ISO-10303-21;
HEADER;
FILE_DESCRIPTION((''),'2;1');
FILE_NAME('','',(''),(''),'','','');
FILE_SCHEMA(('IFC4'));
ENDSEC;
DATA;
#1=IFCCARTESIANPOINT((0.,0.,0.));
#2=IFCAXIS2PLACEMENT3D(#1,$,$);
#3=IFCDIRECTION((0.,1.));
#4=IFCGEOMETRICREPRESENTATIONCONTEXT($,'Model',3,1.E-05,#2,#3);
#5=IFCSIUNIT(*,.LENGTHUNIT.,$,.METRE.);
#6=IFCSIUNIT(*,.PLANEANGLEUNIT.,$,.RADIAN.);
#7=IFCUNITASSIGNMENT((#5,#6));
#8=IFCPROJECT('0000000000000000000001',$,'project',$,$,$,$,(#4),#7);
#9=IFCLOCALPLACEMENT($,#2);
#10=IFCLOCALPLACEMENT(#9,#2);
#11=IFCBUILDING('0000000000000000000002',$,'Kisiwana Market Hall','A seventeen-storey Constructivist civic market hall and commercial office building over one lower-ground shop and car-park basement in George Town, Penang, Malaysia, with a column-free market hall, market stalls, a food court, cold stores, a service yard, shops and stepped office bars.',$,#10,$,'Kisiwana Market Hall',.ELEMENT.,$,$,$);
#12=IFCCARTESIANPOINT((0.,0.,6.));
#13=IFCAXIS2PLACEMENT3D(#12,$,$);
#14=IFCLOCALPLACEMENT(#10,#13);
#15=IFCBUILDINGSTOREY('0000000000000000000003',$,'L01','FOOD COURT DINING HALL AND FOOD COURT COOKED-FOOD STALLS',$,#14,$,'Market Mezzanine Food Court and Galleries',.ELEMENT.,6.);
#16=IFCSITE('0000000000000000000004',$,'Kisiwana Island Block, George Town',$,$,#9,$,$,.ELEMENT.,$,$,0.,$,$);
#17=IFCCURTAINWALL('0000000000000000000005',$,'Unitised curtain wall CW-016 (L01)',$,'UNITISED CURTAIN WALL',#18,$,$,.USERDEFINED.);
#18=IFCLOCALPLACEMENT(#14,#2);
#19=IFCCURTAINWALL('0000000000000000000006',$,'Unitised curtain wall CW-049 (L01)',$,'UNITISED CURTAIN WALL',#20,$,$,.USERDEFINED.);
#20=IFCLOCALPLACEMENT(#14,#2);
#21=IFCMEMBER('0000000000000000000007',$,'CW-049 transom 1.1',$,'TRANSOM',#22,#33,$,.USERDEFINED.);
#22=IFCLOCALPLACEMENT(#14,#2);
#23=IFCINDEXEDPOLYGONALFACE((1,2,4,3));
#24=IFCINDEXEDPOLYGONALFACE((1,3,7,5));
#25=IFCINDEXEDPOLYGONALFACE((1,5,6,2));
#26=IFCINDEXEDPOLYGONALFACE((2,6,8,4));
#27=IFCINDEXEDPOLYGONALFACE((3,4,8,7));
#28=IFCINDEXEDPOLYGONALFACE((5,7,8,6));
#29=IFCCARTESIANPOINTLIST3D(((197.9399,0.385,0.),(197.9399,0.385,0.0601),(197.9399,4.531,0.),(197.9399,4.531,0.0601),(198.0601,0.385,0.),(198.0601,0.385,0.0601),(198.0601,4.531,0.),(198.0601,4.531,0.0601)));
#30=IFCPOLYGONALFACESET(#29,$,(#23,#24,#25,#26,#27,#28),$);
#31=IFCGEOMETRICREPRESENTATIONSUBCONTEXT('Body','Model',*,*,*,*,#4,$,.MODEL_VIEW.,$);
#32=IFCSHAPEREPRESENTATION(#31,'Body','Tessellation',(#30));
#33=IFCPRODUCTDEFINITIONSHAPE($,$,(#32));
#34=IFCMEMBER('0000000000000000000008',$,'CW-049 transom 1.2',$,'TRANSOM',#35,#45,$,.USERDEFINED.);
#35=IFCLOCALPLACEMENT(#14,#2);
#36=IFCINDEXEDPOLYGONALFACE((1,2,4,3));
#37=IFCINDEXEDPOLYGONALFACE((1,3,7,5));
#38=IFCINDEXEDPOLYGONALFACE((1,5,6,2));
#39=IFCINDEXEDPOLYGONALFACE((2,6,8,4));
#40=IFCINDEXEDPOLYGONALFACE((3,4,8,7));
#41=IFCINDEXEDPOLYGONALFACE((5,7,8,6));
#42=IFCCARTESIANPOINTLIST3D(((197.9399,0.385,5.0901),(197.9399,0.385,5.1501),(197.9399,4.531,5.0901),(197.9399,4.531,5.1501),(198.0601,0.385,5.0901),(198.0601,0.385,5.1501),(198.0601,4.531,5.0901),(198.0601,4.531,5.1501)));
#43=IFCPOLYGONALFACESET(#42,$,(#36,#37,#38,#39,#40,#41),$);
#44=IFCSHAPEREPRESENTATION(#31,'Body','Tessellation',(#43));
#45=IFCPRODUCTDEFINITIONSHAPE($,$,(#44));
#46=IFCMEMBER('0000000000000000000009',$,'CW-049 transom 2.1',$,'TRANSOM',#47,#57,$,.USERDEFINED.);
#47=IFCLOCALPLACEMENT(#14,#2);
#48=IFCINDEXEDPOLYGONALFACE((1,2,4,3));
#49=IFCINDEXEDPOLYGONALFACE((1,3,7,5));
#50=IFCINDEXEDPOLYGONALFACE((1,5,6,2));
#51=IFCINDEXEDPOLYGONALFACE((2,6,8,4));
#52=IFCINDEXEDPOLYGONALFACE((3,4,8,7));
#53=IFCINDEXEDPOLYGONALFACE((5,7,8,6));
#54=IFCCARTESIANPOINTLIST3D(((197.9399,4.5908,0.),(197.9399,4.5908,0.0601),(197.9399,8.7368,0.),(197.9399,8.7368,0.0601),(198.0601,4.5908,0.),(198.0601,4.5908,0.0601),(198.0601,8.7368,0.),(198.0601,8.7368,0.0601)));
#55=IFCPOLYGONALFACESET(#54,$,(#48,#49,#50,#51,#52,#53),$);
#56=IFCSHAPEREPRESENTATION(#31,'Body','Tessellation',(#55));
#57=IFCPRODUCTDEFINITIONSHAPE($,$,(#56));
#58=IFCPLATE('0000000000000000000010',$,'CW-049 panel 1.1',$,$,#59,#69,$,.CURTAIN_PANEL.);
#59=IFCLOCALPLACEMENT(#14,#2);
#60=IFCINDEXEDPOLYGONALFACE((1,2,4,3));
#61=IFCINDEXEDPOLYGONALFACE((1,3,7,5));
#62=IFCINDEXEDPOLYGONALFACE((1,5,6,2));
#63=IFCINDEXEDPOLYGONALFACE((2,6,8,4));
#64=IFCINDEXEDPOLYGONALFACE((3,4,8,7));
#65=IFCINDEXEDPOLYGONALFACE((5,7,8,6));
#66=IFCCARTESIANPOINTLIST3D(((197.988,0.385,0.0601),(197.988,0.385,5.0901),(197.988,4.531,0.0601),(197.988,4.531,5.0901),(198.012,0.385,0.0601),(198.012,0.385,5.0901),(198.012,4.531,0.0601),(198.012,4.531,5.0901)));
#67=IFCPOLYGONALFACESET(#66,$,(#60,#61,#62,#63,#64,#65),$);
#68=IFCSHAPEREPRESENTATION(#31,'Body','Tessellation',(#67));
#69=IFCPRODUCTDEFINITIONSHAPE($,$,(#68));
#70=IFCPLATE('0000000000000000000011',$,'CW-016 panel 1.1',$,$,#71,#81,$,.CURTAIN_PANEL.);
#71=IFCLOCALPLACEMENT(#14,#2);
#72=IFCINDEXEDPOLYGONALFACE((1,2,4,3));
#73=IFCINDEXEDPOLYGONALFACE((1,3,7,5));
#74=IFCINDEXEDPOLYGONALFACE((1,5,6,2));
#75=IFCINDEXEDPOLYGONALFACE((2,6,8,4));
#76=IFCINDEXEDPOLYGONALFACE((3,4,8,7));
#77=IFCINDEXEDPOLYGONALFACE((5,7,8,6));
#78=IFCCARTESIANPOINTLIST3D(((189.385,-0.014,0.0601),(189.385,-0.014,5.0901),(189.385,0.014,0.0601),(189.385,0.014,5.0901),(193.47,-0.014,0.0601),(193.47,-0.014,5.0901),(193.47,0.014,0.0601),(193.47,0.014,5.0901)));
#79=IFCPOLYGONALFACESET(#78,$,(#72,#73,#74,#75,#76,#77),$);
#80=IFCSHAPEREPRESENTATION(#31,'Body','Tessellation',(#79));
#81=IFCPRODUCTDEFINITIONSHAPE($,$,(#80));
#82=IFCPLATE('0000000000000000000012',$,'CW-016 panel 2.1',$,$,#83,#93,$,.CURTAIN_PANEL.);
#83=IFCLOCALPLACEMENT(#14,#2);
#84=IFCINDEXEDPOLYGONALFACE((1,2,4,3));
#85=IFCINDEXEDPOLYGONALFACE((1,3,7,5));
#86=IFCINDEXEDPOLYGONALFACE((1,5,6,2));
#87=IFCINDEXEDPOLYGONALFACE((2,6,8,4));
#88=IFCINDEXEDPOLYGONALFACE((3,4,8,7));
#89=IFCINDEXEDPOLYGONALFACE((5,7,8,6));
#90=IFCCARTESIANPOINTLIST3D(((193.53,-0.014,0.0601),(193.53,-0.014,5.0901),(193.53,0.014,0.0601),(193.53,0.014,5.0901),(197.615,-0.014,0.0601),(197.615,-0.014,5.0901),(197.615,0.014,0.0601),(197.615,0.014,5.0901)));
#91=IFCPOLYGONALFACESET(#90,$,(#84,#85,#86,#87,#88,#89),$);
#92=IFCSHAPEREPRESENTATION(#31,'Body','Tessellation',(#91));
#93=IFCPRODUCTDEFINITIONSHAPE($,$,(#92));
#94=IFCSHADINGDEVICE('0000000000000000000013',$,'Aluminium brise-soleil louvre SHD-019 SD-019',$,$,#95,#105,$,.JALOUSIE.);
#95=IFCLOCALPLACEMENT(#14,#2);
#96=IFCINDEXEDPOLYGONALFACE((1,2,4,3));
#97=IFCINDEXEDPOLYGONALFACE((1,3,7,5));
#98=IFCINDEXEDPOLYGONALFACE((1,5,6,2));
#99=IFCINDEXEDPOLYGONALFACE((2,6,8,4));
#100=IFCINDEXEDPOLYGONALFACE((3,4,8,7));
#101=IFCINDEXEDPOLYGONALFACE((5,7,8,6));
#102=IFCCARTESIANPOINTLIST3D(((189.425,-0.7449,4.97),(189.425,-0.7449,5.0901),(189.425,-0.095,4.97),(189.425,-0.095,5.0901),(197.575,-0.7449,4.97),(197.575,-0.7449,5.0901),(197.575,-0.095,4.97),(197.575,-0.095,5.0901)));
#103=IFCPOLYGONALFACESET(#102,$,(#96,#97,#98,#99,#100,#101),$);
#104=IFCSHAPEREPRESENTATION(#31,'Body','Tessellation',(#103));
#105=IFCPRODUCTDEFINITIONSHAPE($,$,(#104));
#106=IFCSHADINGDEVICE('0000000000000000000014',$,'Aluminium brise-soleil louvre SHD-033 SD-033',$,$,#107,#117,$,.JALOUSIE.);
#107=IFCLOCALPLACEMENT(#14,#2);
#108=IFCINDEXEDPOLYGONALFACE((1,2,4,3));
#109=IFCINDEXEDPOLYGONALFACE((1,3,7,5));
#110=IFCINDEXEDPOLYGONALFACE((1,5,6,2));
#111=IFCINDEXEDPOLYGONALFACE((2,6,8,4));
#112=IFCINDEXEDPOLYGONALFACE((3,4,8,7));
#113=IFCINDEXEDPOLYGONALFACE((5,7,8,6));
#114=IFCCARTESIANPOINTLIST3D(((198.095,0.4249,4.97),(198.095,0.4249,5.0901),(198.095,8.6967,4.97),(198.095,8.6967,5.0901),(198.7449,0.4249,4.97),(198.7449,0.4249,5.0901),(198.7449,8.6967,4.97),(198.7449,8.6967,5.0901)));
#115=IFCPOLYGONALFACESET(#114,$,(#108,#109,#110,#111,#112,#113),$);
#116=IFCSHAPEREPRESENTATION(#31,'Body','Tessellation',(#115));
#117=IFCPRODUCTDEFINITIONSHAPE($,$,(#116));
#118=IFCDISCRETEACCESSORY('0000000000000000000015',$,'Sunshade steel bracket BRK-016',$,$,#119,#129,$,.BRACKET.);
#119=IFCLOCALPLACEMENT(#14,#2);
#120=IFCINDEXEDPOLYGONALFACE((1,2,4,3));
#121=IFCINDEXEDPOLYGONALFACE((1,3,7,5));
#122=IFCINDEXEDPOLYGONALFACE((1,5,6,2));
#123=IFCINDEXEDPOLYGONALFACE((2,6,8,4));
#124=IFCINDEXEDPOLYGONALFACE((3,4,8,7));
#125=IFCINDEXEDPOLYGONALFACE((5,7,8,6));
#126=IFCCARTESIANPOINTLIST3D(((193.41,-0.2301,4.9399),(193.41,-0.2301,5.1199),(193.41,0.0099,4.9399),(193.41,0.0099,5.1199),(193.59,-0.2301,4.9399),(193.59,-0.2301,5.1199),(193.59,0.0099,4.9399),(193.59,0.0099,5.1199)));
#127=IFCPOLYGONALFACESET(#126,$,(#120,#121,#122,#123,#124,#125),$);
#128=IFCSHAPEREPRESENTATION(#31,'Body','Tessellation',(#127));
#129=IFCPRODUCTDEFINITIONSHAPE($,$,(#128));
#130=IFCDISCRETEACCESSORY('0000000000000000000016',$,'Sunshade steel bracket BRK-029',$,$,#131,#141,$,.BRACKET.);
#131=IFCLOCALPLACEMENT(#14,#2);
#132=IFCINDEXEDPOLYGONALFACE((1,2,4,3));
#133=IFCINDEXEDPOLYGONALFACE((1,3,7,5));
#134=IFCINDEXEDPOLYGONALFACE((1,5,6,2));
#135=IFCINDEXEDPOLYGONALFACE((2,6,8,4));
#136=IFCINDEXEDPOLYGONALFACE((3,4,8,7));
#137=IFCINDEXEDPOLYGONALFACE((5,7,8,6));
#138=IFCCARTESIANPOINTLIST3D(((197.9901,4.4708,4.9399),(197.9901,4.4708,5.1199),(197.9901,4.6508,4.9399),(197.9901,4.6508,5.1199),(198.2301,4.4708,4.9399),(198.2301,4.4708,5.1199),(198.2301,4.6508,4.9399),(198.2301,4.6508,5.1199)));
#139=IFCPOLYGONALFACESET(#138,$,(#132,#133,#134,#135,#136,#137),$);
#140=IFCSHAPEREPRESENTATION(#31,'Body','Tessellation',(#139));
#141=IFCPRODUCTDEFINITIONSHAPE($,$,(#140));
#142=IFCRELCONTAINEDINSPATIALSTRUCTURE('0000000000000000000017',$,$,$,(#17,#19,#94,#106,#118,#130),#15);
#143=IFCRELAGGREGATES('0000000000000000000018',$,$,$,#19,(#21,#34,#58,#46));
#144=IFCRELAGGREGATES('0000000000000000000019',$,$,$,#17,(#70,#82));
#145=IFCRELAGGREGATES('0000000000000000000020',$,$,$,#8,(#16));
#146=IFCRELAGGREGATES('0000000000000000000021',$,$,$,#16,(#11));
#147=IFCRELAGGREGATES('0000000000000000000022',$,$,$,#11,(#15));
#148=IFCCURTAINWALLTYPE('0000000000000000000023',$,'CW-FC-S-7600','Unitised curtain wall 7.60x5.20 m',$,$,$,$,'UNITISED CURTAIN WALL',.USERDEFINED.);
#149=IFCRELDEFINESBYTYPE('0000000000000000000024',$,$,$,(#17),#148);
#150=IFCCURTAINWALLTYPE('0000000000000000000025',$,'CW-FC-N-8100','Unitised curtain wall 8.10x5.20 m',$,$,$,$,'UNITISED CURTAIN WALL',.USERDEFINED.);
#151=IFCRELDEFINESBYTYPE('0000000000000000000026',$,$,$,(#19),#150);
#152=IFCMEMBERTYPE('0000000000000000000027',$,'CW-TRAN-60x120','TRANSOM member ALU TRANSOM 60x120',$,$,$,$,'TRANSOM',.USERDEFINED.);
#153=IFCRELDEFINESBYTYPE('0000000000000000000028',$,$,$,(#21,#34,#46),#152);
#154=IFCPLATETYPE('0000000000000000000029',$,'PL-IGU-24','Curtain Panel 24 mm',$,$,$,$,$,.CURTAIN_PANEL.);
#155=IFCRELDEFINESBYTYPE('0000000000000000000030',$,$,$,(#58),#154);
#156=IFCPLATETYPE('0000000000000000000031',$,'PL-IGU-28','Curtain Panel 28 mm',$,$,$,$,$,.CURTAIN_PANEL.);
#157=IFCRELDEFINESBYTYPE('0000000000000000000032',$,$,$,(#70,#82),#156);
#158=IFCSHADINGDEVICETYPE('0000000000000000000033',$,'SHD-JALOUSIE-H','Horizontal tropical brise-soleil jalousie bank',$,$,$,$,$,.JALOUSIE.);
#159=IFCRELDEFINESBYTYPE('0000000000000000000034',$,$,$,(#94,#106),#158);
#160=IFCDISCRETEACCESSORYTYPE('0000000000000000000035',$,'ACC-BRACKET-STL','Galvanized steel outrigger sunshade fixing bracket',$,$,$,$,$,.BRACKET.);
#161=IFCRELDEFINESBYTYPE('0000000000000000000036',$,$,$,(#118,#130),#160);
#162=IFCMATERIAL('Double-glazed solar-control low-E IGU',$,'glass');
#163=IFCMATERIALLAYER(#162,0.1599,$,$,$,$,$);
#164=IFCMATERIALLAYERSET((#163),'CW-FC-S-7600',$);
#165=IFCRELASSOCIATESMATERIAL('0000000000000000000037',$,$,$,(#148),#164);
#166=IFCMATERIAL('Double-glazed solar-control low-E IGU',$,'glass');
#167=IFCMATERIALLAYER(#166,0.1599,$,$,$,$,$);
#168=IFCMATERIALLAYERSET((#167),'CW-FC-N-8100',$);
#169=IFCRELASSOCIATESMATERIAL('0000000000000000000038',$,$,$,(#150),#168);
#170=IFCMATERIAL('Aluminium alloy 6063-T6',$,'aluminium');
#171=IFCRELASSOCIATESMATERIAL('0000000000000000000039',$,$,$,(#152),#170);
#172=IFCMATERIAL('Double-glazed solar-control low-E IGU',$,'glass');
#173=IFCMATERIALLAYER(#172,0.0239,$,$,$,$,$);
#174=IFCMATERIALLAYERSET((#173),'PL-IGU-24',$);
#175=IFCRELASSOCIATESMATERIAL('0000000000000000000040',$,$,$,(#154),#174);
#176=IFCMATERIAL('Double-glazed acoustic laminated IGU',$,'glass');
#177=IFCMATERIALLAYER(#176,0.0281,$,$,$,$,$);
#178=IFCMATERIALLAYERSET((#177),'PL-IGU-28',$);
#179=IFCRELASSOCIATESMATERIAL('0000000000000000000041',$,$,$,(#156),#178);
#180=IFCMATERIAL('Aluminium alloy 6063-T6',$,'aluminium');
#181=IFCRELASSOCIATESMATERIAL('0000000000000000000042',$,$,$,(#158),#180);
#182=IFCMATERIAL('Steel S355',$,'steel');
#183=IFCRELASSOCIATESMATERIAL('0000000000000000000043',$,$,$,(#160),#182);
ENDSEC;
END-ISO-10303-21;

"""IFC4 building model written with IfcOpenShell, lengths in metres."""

from ifc_helpers import new_model, si_unit, direction, frame, origin, origin_2d, place, context, subcontext, project, spatial, rectangle, extrude, material, layer, layer_set, material_profile, profile_set, type_object, element, aggregate, save


model = new_model("IFC4")

# Units and contexts
model_context = context("Model", 3, precision=1e-05, world=origin(), true_north=direction((0.0, 1.0)))
body_context = subcontext(model_context, "Body", "Model", "MODEL_VIEW")
ifc_project = project(units=[si_unit("LENGTHUNIT", "METRE"), si_unit("PLANEANGLEUNIT", "RADIAN")], contexts=[model_context])

# Site, building, storey
site_placement = place(None, origin())
site = spatial("IfcSite", under=ifc_project, at=site_placement, Name="Kisiwana Island Block, George Town", CompositionType="ELEMENT", RefElevation=0.0)
building_placement = place(site_placement, origin())
building = spatial("IfcBuilding", under=site, at=building_placement, Name="Kisiwana Market Hall", Description="A seventeen-storey Constructivist civic market hall and commercial office building over one lower-ground shop and car-park basement in George Town, Penang, Malaysia, with a column-free market hall, market stalls, a food court, cold stores, a service yard, shops and stepped office bars.", LongName="Kisiwana Market Hall", CompositionType="ELEMENT")
storey_placement = place(building_placement, frame((0.0, 0.0, 6.0)))
storey = spatial("IfcBuildingStorey", under=building, at=storey_placement, Name="L01", Description="FOOD COURT DINING HALL AND FOOD COURT COOKED-FOOD STALLS", LongName="Market Mezzanine Food Court and Galleries", CompositionType="ELEMENT", Elevation=6.0)

# Curtain walls
ifc_material_1 = material(Name="Double-glazed solar-control low-E IGU", Category="glass")
ifc_layer_1 = layer(ifc_material_1, 0.1599)
ifc_layer_set_1 = layer_set([ifc_layer_1], Name="CW-FC-S-7600")
curtain_wall_type_1 = type_object("IfcCurtainWallType", Name="CW-FC-S-7600", Description="Unitised curtain wall 7.60x5.20 m", ElementType="UNITISED CURTAIN WALL", PredefinedType="USERDEFINED", material=ifc_layer_set_1)
curtain_wall_1_placement = place(storey_placement, origin())
curtain_wall_1 = element("IfcCurtainWall", 1, at=curtain_wall_1_placement, inside=storey, type_object=curtain_wall_type_1, Name="Unitised curtain wall CW-016 (L01)", ObjectType="UNITISED CURTAIN WALL", PredefinedType="USERDEFINED")
ifc_material_2 = material(Name="Double-glazed solar-control low-E IGU", Category="glass")
ifc_layer_2 = layer(ifc_material_2, 0.1599)
ifc_layer_set_2 = layer_set([ifc_layer_2], Name="CW-FC-N-8100")
curtain_wall_type_2 = type_object("IfcCurtainWallType", Name="CW-FC-N-8100", Description="Unitised curtain wall 8.10x5.20 m", ElementType="UNITISED CURTAIN WALL", PredefinedType="USERDEFINED", material=ifc_layer_set_2)
curtain_wall_2_placement = place(storey_placement, origin())
curtain_wall_2 = element("IfcCurtainWall", 2, at=curtain_wall_2_placement, inside=storey, type_object=curtain_wall_type_2, Name="Unitised curtain wall CW-049 (L01)", ObjectType="UNITISED CURTAIN WALL", PredefinedType="USERDEFINED")

# Members
ifc_material_3 = material(Name="Aluminium alloy 6063-T6", Category="aluminium")
ifc_material_profile_1 = material_profile(ifc_material_3, rectangle(XDim=0.1201, YDim=0.0601, at=origin_2d()), Name="ALU TRANSOM 60x120")
ifc_profile_set_1 = profile_set([ifc_material_profile_1], Name="Aluminium alloy 6063-T6")
member_type_1 = type_object("IfcMemberType", Name="CW-TRAN-60x120", Description="TRANSOM member ALU TRANSOM 60x120", ElementType="TRANSOM", PredefinedType="USERDEFINED", material=ifc_profile_set_1)
member_1_placement = place(storey_placement, frame((198.0, 0.385, 0.03), z_axis=(0.0, 1.0, 0.0), x_axis=(-1.0, 0.0, 0.0)))
member_1 = element("IfcMember", 3, at=member_1_placement, type_object=member_type_1, Name="CW-049 transom 1.1", ObjectType="TRANSOM", PredefinedType="USERDEFINED", context=body_context, shape_type="SweptSolid", body=[
    extrude(rectangle(XDim=0.1201, YDim=0.0601, at=origin_2d()), origin(), (0.0, 0.0, 1.0), 4.146),
])
member_2_placement = place(storey_placement, frame((198.0, 0.385, 5.1201), z_axis=(0.0, 1.0, 0.0), x_axis=(-1.0, 0.0, 0.0)))
member_2 = element("IfcMember", 4, at=member_2_placement, type_object=member_type_1, Name="CW-049 transom 1.2", ObjectType="TRANSOM", PredefinedType="USERDEFINED", context=body_context, shape_type="SweptSolid", body=[
    extrude(rectangle(XDim=0.1201, YDim=0.0601, at=origin_2d()), origin(), (0.0, 0.0, 1.0), 4.146),
])
member_3_placement = place(storey_placement, frame((198.0, 4.5908, 0.03), z_axis=(0.0, 1.0, 0.0), x_axis=(-1.0, 0.0, 0.0)))
member_3 = element("IfcMember", 5, at=member_3_placement, type_object=member_type_1, Name="CW-049 transom 2.1", ObjectType="TRANSOM", PredefinedType="USERDEFINED", context=body_context, shape_type="SweptSolid", body=[
    extrude(rectangle(XDim=0.1201, YDim=0.0601, at=origin_2d()), origin(), (0.0, 0.0, 1.0), 4.146),
])

# Plates
ifc_material_4 = material(Name="Double-glazed solar-control low-E IGU", Category="glass")
ifc_layer_3 = layer(ifc_material_4, 0.0239)
ifc_layer_set_3 = layer_set([ifc_layer_3], Name="PL-IGU-24")
plate_type_1 = type_object("IfcPlateType", Name="PL-IGU-24", Description="Curtain Panel 24 mm", PredefinedType="CURTAIN_PANEL", material=ifc_layer_set_3)
plate_1_placement = place(storey_placement, frame((198.0, 2.458, 0.0601), z_axis=(0.0, 0.0, 1.0), x_axis=(0.0, 1.0, 0.0)))
plate_1 = element("IfcPlate", 6, at=plate_1_placement, type_object=plate_type_1, Name="CW-049 panel 1.1", PredefinedType="CURTAIN_PANEL", context=body_context, shape_type="SweptSolid", body=[
    extrude(rectangle(XDim=4.146, YDim=0.0239, at=origin_2d()), origin(), (0.0, 0.0, 1.0), 5.03),
])
aggregate(curtain_wall_2, [member_1, member_2, plate_1, member_3])
ifc_material_5 = material(Name="Double-glazed acoustic laminated IGU", Category="glass")
ifc_layer_4 = layer(ifc_material_5, 0.0281)
ifc_layer_set_4 = layer_set([ifc_layer_4], Name="PL-IGU-28")
plate_type_2 = type_object("IfcPlateType", Name="PL-IGU-28", Description="Curtain Panel 28 mm", PredefinedType="CURTAIN_PANEL", material=ifc_layer_set_4)
plate_2_placement = place(storey_placement, frame((191.4275, 0.0, 0.0601), z_axis=(0.0, 0.0, 1.0), x_axis=(1.0, 0.0, 0.0)))
plate_2 = element("IfcPlate", 7, at=plate_2_placement, type_object=plate_type_2, Name="CW-016 panel 1.1", PredefinedType="CURTAIN_PANEL", context=body_context, shape_type="SweptSolid", body=[
    extrude(rectangle(XDim=4.085, YDim=0.0281, at=origin_2d()), origin(), (0.0, 0.0, 1.0), 5.03),
])
plate_3_placement = place(storey_placement, frame((195.5725, 0.0, 0.0601), z_axis=(0.0, 0.0, 1.0), x_axis=(1.0, 0.0, 0.0)))
plate_3 = element("IfcPlate", 8, at=plate_3_placement, type_object=plate_type_2, Name="CW-016 panel 2.1", PredefinedType="CURTAIN_PANEL", context=body_context, shape_type="SweptSolid", body=[
    extrude(rectangle(XDim=4.085, YDim=0.0281, at=origin_2d()), origin(), (0.0, 0.0, 1.0), 5.03),
])
aggregate(curtain_wall_1, [plate_2, plate_3])

# Shading devices
ifc_material_6 = material(Name="Aluminium alloy 6063-T6", Category="aluminium")
shading_device_type = type_object("IfcShadingDeviceType", Name="SHD-JALOUSIE-H", Description="Horizontal tropical brise-soleil jalousie bank", PredefinedType="JALOUSIE", material=ifc_material_6)
shading_device_1_placement = place(storey_placement, frame((193.5, -0.4199, 4.97), z_axis=(0.0, 0.0, 1.0), x_axis=(1.0, 0.0, 0.0)))
element("IfcShadingDevice", 9, at=shading_device_1_placement, inside=storey, type_object=shading_device_type, Name="Aluminium brise-soleil louvre SHD-019 SD-019", PredefinedType="JALOUSIE", context=body_context, shape_type="SweptSolid", body=[
    extrude(rectangle(XDim=8.1499, YDim=0.6499, at=origin_2d()), origin(), (0.0, 0.0, 1.0), 0.1201),
])
shading_device_2_placement = place(storey_placement, frame((198.4199, 4.5608, 4.97), z_axis=(0.0, 0.0, 1.0), x_axis=(0.0, 1.0, 0.0)))
element("IfcShadingDevice", 10, at=shading_device_2_placement, inside=storey, type_object=shading_device_type, Name="Aluminium brise-soleil louvre SHD-033 SD-033", PredefinedType="JALOUSIE", context=body_context, shape_type="SweptSolid", body=[
    extrude(rectangle(XDim=8.2717, YDim=0.6499, at=origin_2d()), origin(), (0.0, 0.0, 1.0), 0.1201),
])

# Discrete accessories
ifc_material_7 = material(Name="Steel S355", Category="steel")
discrete_accessory_type = type_object("IfcDiscreteAccessoryType", Name="ACC-BRACKET-STL", Description="Galvanized steel outrigger sunshade fixing bracket", PredefinedType="BRACKET", material=ifc_material_7)
for number, where, z_axis, x_axis, name in (
    (11, (193.5, -0.1101, 4.9399), (0.0, 0.0, 1.0), (1.0, 0.0, 0.0), "Sunshade steel bracket BRK-016"),
    (12, (198.1101, 4.5608, 4.9399), (0.0, 0.0, 1.0), (0.0, 1.0, 0.0), "Sunshade steel bracket BRK-029"),
):
    element("IfcDiscreteAccessory", number, at=place(storey_placement, frame(where, z_axis=z_axis, x_axis=x_axis)), inside=storey, type_object=discrete_accessory_type, Name=name, PredefinedType="BRACKET", context=body_context, shape_type="SweptSolid", body=[
        extrude(rectangle(XDim=0.1799, YDim=0.24, at=origin_2d()), origin(), (0.0, 0.0, 1.0), 0.1799),
    ])

save(model, "model.ifc")
